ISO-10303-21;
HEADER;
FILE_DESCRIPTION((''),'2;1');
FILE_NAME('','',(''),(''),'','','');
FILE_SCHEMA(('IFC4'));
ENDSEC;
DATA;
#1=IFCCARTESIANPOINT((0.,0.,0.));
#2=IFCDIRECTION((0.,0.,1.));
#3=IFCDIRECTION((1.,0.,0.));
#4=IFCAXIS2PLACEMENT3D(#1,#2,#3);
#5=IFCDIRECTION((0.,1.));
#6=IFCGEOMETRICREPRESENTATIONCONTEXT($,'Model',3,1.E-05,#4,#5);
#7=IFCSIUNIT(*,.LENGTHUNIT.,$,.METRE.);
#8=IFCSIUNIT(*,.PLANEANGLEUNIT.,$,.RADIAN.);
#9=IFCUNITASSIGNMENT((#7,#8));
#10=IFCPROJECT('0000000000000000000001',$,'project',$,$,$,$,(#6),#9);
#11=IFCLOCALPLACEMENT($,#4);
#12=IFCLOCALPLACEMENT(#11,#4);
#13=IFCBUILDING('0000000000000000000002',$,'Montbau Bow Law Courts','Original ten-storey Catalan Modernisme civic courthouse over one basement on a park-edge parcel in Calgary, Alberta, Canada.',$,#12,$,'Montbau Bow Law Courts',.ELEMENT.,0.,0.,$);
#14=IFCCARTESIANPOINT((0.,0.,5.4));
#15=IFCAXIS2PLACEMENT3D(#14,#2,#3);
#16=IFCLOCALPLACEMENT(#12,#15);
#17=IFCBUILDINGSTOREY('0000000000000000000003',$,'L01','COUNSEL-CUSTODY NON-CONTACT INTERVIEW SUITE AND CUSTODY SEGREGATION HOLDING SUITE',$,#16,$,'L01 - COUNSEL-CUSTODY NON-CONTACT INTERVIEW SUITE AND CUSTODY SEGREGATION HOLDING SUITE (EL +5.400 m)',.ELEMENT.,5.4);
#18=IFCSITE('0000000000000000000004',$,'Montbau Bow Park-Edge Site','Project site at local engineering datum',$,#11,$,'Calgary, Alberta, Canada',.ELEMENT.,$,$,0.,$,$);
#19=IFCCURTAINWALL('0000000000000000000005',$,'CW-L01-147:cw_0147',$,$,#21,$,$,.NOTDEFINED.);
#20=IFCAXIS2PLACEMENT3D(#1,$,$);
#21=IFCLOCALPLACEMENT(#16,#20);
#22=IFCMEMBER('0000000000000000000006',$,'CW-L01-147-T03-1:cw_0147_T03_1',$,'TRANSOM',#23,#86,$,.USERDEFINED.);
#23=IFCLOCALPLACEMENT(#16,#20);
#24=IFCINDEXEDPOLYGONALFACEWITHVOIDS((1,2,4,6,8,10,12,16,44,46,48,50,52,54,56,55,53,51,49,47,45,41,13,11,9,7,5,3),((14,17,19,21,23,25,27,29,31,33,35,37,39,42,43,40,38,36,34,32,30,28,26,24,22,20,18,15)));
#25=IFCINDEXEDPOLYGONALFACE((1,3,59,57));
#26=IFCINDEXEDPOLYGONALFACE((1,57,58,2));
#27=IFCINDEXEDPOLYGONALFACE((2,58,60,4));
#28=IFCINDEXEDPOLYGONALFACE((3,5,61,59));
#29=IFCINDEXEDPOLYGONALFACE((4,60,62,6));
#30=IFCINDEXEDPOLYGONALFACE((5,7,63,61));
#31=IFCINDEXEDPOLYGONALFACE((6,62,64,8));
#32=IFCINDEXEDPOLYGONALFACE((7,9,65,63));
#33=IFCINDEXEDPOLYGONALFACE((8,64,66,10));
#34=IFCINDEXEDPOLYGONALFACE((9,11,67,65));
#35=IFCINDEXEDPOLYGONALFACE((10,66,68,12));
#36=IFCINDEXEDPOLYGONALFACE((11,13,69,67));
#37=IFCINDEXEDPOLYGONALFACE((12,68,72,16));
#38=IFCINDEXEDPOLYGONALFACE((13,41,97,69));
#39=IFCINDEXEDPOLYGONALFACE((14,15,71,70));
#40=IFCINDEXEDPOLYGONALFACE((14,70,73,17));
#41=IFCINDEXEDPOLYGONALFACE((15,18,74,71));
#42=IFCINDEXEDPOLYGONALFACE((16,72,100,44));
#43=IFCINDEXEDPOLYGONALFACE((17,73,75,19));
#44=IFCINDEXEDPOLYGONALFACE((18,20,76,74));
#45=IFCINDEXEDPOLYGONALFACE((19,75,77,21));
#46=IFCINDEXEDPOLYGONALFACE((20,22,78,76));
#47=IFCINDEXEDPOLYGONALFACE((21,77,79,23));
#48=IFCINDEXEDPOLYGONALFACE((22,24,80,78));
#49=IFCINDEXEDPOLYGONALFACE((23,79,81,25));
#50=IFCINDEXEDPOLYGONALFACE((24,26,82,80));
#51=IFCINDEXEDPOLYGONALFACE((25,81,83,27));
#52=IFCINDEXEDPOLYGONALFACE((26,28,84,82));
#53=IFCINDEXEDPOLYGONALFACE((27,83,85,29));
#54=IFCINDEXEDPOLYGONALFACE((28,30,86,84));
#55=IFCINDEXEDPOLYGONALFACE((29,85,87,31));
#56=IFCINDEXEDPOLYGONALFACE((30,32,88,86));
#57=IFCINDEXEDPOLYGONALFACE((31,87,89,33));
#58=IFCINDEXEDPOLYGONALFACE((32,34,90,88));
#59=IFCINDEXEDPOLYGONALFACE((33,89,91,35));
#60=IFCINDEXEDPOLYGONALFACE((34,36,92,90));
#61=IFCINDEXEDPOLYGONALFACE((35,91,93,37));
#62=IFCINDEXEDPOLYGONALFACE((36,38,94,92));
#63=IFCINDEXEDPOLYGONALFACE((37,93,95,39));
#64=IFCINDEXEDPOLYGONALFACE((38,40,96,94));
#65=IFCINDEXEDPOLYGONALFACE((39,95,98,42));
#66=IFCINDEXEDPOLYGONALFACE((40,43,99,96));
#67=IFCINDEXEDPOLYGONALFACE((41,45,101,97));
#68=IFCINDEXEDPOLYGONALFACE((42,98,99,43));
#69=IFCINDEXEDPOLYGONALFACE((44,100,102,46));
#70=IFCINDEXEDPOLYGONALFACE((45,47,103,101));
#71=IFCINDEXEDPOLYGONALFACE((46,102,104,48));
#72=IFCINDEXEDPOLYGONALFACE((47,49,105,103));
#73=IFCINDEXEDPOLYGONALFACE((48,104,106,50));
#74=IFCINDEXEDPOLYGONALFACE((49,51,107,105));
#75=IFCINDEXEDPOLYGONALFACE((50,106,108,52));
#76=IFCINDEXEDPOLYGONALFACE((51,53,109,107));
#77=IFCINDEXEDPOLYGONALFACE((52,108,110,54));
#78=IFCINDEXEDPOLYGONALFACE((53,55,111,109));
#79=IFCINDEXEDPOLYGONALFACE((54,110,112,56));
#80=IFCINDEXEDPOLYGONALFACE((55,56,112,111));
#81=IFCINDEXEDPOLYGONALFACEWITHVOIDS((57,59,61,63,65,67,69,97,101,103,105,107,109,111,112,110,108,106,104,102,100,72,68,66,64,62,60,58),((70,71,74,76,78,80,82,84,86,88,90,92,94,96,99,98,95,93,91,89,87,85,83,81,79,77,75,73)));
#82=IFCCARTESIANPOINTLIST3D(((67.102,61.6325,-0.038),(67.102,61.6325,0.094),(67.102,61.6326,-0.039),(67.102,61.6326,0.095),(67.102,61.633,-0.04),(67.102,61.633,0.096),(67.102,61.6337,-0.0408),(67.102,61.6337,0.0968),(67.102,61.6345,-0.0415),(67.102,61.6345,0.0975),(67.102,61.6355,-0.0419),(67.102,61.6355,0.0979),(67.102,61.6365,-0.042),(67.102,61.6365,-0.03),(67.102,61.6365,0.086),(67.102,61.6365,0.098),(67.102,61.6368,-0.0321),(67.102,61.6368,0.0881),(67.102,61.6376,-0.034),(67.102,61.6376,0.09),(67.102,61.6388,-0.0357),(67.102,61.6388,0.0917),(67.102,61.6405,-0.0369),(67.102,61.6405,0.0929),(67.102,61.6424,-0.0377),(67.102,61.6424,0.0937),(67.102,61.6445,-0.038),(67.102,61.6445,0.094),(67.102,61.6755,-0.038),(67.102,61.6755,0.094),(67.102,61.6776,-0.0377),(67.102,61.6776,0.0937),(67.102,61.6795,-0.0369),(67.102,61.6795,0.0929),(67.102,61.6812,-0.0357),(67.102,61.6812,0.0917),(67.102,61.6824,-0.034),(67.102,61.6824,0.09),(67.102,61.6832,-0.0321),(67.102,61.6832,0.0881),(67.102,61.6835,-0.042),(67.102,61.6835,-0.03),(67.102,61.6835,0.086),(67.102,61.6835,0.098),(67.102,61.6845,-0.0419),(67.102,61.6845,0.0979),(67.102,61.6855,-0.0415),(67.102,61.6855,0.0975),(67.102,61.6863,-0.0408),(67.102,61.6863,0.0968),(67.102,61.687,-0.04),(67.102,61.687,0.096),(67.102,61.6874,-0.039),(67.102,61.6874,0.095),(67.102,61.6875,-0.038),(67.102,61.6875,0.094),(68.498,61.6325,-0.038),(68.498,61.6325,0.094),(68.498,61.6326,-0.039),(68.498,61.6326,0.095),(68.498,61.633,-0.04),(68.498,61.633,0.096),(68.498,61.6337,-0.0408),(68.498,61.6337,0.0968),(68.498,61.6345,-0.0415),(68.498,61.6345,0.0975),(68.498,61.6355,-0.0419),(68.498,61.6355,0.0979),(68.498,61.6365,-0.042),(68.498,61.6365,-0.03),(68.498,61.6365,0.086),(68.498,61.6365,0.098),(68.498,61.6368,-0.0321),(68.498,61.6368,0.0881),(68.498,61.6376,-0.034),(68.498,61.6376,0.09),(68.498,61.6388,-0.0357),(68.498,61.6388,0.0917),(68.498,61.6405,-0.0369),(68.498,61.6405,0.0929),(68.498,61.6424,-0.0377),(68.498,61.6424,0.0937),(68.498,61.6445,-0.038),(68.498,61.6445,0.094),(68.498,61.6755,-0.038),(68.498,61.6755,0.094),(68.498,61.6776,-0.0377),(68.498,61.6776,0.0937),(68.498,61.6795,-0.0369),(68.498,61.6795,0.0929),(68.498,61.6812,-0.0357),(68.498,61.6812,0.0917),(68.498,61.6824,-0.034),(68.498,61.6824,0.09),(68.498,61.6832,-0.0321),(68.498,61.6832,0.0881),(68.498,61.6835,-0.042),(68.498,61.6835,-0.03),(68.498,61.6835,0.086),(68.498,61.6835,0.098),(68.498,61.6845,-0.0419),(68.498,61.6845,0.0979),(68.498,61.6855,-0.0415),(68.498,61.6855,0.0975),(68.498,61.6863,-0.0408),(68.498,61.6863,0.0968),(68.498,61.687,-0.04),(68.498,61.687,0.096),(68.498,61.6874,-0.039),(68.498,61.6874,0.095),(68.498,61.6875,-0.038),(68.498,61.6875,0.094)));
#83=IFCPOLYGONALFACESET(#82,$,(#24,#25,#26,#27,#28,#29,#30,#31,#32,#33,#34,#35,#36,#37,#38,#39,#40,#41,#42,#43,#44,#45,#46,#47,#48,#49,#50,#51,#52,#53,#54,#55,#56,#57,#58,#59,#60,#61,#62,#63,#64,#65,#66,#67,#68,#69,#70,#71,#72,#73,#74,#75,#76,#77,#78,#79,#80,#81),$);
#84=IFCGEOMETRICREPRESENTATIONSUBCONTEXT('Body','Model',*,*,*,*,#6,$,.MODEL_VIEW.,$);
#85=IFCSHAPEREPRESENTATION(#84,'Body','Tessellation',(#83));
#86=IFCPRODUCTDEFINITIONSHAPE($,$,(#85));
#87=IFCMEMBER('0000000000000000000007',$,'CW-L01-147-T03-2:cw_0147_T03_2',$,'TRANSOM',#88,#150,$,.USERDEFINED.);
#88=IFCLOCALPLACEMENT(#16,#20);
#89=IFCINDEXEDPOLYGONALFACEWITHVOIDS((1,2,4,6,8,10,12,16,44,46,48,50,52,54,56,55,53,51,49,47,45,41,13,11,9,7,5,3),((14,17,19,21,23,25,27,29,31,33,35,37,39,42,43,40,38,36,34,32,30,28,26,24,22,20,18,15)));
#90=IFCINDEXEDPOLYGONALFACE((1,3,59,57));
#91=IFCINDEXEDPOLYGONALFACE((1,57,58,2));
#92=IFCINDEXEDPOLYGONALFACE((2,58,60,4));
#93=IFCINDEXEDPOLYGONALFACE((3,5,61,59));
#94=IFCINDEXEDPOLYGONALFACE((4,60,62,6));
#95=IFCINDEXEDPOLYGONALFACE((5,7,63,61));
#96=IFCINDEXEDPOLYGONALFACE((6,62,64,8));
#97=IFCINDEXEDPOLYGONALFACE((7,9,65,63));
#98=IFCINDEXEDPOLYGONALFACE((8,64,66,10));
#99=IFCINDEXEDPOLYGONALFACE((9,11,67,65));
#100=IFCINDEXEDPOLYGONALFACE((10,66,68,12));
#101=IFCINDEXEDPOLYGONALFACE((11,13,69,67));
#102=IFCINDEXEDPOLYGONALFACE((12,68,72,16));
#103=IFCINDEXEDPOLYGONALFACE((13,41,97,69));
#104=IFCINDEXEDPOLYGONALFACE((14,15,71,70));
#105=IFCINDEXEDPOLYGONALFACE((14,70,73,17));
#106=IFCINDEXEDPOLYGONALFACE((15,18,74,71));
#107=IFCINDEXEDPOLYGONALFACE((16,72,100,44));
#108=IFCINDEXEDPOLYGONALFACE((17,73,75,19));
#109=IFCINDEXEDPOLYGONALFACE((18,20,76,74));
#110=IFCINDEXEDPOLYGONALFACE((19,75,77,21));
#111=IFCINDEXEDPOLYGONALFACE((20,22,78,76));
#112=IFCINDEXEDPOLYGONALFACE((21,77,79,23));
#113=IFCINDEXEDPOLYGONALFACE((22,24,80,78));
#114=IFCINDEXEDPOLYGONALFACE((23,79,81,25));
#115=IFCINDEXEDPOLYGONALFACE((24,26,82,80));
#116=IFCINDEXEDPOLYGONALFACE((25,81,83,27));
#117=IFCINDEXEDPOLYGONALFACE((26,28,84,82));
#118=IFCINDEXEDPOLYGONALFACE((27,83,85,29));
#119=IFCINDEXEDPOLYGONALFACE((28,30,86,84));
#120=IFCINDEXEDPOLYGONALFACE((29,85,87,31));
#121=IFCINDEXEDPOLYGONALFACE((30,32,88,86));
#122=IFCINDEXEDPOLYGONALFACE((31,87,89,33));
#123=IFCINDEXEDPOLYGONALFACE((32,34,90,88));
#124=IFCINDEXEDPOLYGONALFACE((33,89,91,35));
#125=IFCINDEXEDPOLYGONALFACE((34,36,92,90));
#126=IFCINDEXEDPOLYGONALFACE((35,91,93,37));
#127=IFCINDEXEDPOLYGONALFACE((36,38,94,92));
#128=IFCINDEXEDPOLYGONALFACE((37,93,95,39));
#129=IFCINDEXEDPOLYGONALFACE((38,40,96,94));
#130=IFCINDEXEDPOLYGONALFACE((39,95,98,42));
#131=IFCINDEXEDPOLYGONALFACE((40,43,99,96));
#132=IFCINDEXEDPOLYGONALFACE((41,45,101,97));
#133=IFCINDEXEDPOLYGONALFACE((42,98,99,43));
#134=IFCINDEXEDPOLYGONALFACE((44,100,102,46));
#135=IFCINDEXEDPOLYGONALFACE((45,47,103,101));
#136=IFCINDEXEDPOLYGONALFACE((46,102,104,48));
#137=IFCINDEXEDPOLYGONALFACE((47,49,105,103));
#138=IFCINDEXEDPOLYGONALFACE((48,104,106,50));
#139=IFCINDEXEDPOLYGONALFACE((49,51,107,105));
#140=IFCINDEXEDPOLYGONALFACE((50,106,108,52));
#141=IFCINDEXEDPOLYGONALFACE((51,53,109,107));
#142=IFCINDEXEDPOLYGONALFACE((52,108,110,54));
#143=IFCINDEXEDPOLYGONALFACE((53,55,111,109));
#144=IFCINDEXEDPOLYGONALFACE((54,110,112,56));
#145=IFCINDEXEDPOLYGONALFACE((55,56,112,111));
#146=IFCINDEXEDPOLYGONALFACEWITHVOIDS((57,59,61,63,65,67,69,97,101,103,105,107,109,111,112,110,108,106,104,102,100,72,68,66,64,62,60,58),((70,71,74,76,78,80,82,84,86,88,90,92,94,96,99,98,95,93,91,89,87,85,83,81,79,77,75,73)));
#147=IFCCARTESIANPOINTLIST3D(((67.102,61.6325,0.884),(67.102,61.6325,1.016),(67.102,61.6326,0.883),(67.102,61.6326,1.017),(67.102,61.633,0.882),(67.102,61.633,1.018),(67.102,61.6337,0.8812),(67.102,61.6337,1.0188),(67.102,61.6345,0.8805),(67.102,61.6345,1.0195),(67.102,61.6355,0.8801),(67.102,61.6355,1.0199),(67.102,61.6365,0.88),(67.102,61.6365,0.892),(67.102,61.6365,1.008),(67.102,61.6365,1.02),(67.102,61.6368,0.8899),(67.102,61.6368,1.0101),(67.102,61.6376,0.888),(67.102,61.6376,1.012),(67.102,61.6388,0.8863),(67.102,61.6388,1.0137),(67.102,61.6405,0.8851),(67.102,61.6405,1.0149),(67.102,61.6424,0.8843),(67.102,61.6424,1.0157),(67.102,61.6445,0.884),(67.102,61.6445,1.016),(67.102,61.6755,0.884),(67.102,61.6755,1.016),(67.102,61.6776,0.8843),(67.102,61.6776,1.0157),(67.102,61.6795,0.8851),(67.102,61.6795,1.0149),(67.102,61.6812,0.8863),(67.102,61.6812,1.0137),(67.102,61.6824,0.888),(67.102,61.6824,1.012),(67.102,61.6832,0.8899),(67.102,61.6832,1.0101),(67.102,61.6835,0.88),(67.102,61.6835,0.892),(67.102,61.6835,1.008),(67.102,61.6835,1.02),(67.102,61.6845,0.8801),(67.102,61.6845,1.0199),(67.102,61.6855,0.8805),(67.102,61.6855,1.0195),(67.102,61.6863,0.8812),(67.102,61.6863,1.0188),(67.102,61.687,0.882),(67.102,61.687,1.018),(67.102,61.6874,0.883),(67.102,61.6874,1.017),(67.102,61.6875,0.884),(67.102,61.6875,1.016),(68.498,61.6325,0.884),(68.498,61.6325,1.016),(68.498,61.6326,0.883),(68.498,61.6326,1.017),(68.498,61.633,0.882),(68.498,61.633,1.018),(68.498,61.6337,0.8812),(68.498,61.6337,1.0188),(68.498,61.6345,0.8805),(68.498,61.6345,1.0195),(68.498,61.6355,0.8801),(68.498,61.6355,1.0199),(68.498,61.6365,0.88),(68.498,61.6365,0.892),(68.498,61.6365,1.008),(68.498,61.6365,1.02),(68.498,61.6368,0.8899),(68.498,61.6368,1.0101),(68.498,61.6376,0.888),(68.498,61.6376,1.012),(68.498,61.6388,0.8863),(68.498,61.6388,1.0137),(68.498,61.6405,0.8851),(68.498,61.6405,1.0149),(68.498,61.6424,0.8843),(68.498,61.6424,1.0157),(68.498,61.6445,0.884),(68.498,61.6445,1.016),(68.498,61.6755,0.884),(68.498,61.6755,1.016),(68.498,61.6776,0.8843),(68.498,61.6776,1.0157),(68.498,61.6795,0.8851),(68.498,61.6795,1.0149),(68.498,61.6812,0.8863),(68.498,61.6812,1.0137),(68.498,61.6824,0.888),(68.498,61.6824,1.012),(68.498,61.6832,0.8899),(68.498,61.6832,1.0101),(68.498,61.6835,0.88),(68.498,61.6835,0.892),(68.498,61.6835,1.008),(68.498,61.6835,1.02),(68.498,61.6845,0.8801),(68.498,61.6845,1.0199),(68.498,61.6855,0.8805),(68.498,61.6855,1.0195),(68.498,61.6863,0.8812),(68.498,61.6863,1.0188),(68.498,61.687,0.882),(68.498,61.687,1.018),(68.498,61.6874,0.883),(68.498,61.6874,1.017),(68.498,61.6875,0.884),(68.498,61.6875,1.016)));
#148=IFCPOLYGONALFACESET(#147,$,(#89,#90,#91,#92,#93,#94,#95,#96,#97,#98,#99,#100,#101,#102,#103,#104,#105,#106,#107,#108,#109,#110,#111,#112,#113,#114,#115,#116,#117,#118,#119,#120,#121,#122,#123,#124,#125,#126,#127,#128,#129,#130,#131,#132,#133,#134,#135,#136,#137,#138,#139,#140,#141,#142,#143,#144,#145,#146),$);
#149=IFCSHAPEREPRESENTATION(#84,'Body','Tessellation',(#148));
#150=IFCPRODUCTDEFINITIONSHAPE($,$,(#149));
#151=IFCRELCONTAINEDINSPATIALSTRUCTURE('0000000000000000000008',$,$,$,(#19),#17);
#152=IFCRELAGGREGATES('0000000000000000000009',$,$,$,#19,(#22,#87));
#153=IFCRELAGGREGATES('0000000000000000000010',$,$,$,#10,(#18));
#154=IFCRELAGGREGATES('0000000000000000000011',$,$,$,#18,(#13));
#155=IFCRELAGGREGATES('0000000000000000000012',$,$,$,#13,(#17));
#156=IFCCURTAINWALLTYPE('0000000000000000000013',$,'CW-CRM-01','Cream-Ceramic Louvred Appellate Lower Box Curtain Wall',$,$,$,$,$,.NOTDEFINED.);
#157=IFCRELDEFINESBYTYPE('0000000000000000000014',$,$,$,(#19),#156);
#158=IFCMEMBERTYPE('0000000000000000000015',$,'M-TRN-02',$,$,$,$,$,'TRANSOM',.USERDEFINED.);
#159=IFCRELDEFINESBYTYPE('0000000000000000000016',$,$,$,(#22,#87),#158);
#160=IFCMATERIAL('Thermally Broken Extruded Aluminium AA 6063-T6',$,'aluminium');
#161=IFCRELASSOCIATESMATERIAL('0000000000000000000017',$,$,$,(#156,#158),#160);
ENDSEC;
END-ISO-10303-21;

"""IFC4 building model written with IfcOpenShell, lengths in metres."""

from ifc_helpers import new_model, si_unit, direction, frame, origin_with_axes, origin_2d_with_axis, place, context, subcontext, project, spatial, hollow_rectangle, extrude, material, material_profile, profile_set, type_object, element, aggregate, save


model = new_model("IFC4")

# Units and contexts
model_context = context("Model", 3, precision=1e-05, world=origin_with_axes(), true_north=direction((0.0, 1.0)))
body_context = subcontext(model_context, "Body", "Model", "MODEL_VIEW")
ifc_project = project(units=[si_unit("LENGTHUNIT", "METRE"), si_unit("PLANEANGLEUNIT", "RADIAN")], contexts=[model_context])

# Site, building, storey
site_placement = place(None, origin_with_axes())
site = spatial("IfcSite", under=ifc_project, at=site_placement, Name="Montbau Bow Park-Edge Site", Description="Project site at local engineering datum", LongName="Calgary, Alberta, Canada", CompositionType="ELEMENT", RefElevation=0.0)
building_placement = place(site_placement, origin_with_axes())
building = spatial("IfcBuilding", under=site, at=building_placement, Name="Montbau Bow Law Courts", Description="Original ten-storey Catalan Modernisme civic courthouse over one basement on a park-edge parcel in Calgary, Alberta, Canada.", LongName="Montbau Bow Law Courts", CompositionType="ELEMENT", ElevationOfRefHeight=0.0, ElevationOfTerrain=0.0)
storey_placement = place(building_placement, frame((0.0, 0.0, 5.4), z_axis=(0.0, 0.0, 1.0), x_axis=(1.0, 0.0, 0.0)))
storey = spatial("IfcBuildingStorey", under=building, at=storey_placement, Name="L01", Description="COUNSEL-CUSTODY NON-CONTACT INTERVIEW SUITE AND CUSTODY SEGREGATION HOLDING SUITE", LongName="L01 - COUNSEL-CUSTODY NON-CONTACT INTERVIEW SUITE AND CUSTODY SEGREGATION HOLDING SUITE (EL +5.400 m)", CompositionType="ELEMENT", Elevation=5.4)

# Curtain wall
ifc_material_1 = material(Name="Thermally Broken Extruded Aluminium AA 6063-T6", Category="aluminium")
curtain_wall_type = type_object("IfcCurtainWallType", Name="CW-CRM-01", Description="Cream-Ceramic Louvred Appellate Lower Box Curtain Wall", PredefinedType="NOTDEFINED", material=ifc_material_1)
curtain_wall_1_placement = place(None, frame((64.115, 61.66, 5.4), z_axis=(0.0, 0.0, 1.0), x_axis=(1.0, 0.0, 0.0)))
curtain_wall_1 = element("IfcCurtainWall", 1, at=curtain_wall_1_placement, inside=storey, type_object=curtain_wall_type, Name="CW-L01-147:cw_0147", PredefinedType="NOTDEFINED")

# Members
ifc_material_profile_1 = material_profile(ifc_material_1, hollow_rectangle(XDim=0.055, YDim=0.14, WallThickness=0.004, InnerFilletRadius=0.008, OuterFilletRadius=0.004, at=origin_2d_with_axis()), Name="CWT-140X55", Category="Main", Priority=0)
ifc_profile_set_1 = profile_set([ifc_material_profile_1], Name="Thermally Broken Extruded Aluminium AA 6063-T6")
member_type_1 = type_object("IfcMemberType", Name="M-TRN-02", ElementType="TRANSOM", PredefinedType="USERDEFINED", material=ifc_profile_set_1)
member_1_placement = place(None, frame((67.102, 61.66, 5.428), z_axis=(1.0, 0.0, 0.0), x_axis=(0.0, 1.0, 0.0)))
member_1 = element("IfcMember", 2, at=member_1_placement, type_object=member_type_1, Name="CW-L01-147-T03-1:cw_0147_T03_1", ObjectType="TRANSOM", PredefinedType="USERDEFINED", context=body_context, shape_type="SweptSolid", body=[
    extrude(hollow_rectangle(XDim=0.055, YDim=0.14, WallThickness=0.004, InnerFilletRadius=0.008, OuterFilletRadius=0.004, at=origin_2d_with_axis()), origin_with_axes(), (0.0, 0.0, 1.0), 1.396),
])
member_2_placement = place(None, frame((67.102, 61.66, 6.35), z_axis=(1.0, 0.0, 0.0), x_axis=(0.0, 1.0, 0.0)))
member_2 = element("IfcMember", 3, at=member_2_placement, type_object=member_type_1, Name="CW-L01-147-T03-2:cw_0147_T03_2", ObjectType="TRANSOM", PredefinedType="USERDEFINED", context=body_context, shape_type="SweptSolid", body=[
    extrude(hollow_rectangle(XDim=0.055, YDim=0.14, WallThickness=0.004, InnerFilletRadius=0.008, OuterFilletRadius=0.004, at=origin_2d_with_axis()), origin_with_axes(), (0.0, 0.0, 1.0), 1.396),
])

aggregate(curtain_wall_1, [member_1, member_2])

save(model, "model.ifc")
